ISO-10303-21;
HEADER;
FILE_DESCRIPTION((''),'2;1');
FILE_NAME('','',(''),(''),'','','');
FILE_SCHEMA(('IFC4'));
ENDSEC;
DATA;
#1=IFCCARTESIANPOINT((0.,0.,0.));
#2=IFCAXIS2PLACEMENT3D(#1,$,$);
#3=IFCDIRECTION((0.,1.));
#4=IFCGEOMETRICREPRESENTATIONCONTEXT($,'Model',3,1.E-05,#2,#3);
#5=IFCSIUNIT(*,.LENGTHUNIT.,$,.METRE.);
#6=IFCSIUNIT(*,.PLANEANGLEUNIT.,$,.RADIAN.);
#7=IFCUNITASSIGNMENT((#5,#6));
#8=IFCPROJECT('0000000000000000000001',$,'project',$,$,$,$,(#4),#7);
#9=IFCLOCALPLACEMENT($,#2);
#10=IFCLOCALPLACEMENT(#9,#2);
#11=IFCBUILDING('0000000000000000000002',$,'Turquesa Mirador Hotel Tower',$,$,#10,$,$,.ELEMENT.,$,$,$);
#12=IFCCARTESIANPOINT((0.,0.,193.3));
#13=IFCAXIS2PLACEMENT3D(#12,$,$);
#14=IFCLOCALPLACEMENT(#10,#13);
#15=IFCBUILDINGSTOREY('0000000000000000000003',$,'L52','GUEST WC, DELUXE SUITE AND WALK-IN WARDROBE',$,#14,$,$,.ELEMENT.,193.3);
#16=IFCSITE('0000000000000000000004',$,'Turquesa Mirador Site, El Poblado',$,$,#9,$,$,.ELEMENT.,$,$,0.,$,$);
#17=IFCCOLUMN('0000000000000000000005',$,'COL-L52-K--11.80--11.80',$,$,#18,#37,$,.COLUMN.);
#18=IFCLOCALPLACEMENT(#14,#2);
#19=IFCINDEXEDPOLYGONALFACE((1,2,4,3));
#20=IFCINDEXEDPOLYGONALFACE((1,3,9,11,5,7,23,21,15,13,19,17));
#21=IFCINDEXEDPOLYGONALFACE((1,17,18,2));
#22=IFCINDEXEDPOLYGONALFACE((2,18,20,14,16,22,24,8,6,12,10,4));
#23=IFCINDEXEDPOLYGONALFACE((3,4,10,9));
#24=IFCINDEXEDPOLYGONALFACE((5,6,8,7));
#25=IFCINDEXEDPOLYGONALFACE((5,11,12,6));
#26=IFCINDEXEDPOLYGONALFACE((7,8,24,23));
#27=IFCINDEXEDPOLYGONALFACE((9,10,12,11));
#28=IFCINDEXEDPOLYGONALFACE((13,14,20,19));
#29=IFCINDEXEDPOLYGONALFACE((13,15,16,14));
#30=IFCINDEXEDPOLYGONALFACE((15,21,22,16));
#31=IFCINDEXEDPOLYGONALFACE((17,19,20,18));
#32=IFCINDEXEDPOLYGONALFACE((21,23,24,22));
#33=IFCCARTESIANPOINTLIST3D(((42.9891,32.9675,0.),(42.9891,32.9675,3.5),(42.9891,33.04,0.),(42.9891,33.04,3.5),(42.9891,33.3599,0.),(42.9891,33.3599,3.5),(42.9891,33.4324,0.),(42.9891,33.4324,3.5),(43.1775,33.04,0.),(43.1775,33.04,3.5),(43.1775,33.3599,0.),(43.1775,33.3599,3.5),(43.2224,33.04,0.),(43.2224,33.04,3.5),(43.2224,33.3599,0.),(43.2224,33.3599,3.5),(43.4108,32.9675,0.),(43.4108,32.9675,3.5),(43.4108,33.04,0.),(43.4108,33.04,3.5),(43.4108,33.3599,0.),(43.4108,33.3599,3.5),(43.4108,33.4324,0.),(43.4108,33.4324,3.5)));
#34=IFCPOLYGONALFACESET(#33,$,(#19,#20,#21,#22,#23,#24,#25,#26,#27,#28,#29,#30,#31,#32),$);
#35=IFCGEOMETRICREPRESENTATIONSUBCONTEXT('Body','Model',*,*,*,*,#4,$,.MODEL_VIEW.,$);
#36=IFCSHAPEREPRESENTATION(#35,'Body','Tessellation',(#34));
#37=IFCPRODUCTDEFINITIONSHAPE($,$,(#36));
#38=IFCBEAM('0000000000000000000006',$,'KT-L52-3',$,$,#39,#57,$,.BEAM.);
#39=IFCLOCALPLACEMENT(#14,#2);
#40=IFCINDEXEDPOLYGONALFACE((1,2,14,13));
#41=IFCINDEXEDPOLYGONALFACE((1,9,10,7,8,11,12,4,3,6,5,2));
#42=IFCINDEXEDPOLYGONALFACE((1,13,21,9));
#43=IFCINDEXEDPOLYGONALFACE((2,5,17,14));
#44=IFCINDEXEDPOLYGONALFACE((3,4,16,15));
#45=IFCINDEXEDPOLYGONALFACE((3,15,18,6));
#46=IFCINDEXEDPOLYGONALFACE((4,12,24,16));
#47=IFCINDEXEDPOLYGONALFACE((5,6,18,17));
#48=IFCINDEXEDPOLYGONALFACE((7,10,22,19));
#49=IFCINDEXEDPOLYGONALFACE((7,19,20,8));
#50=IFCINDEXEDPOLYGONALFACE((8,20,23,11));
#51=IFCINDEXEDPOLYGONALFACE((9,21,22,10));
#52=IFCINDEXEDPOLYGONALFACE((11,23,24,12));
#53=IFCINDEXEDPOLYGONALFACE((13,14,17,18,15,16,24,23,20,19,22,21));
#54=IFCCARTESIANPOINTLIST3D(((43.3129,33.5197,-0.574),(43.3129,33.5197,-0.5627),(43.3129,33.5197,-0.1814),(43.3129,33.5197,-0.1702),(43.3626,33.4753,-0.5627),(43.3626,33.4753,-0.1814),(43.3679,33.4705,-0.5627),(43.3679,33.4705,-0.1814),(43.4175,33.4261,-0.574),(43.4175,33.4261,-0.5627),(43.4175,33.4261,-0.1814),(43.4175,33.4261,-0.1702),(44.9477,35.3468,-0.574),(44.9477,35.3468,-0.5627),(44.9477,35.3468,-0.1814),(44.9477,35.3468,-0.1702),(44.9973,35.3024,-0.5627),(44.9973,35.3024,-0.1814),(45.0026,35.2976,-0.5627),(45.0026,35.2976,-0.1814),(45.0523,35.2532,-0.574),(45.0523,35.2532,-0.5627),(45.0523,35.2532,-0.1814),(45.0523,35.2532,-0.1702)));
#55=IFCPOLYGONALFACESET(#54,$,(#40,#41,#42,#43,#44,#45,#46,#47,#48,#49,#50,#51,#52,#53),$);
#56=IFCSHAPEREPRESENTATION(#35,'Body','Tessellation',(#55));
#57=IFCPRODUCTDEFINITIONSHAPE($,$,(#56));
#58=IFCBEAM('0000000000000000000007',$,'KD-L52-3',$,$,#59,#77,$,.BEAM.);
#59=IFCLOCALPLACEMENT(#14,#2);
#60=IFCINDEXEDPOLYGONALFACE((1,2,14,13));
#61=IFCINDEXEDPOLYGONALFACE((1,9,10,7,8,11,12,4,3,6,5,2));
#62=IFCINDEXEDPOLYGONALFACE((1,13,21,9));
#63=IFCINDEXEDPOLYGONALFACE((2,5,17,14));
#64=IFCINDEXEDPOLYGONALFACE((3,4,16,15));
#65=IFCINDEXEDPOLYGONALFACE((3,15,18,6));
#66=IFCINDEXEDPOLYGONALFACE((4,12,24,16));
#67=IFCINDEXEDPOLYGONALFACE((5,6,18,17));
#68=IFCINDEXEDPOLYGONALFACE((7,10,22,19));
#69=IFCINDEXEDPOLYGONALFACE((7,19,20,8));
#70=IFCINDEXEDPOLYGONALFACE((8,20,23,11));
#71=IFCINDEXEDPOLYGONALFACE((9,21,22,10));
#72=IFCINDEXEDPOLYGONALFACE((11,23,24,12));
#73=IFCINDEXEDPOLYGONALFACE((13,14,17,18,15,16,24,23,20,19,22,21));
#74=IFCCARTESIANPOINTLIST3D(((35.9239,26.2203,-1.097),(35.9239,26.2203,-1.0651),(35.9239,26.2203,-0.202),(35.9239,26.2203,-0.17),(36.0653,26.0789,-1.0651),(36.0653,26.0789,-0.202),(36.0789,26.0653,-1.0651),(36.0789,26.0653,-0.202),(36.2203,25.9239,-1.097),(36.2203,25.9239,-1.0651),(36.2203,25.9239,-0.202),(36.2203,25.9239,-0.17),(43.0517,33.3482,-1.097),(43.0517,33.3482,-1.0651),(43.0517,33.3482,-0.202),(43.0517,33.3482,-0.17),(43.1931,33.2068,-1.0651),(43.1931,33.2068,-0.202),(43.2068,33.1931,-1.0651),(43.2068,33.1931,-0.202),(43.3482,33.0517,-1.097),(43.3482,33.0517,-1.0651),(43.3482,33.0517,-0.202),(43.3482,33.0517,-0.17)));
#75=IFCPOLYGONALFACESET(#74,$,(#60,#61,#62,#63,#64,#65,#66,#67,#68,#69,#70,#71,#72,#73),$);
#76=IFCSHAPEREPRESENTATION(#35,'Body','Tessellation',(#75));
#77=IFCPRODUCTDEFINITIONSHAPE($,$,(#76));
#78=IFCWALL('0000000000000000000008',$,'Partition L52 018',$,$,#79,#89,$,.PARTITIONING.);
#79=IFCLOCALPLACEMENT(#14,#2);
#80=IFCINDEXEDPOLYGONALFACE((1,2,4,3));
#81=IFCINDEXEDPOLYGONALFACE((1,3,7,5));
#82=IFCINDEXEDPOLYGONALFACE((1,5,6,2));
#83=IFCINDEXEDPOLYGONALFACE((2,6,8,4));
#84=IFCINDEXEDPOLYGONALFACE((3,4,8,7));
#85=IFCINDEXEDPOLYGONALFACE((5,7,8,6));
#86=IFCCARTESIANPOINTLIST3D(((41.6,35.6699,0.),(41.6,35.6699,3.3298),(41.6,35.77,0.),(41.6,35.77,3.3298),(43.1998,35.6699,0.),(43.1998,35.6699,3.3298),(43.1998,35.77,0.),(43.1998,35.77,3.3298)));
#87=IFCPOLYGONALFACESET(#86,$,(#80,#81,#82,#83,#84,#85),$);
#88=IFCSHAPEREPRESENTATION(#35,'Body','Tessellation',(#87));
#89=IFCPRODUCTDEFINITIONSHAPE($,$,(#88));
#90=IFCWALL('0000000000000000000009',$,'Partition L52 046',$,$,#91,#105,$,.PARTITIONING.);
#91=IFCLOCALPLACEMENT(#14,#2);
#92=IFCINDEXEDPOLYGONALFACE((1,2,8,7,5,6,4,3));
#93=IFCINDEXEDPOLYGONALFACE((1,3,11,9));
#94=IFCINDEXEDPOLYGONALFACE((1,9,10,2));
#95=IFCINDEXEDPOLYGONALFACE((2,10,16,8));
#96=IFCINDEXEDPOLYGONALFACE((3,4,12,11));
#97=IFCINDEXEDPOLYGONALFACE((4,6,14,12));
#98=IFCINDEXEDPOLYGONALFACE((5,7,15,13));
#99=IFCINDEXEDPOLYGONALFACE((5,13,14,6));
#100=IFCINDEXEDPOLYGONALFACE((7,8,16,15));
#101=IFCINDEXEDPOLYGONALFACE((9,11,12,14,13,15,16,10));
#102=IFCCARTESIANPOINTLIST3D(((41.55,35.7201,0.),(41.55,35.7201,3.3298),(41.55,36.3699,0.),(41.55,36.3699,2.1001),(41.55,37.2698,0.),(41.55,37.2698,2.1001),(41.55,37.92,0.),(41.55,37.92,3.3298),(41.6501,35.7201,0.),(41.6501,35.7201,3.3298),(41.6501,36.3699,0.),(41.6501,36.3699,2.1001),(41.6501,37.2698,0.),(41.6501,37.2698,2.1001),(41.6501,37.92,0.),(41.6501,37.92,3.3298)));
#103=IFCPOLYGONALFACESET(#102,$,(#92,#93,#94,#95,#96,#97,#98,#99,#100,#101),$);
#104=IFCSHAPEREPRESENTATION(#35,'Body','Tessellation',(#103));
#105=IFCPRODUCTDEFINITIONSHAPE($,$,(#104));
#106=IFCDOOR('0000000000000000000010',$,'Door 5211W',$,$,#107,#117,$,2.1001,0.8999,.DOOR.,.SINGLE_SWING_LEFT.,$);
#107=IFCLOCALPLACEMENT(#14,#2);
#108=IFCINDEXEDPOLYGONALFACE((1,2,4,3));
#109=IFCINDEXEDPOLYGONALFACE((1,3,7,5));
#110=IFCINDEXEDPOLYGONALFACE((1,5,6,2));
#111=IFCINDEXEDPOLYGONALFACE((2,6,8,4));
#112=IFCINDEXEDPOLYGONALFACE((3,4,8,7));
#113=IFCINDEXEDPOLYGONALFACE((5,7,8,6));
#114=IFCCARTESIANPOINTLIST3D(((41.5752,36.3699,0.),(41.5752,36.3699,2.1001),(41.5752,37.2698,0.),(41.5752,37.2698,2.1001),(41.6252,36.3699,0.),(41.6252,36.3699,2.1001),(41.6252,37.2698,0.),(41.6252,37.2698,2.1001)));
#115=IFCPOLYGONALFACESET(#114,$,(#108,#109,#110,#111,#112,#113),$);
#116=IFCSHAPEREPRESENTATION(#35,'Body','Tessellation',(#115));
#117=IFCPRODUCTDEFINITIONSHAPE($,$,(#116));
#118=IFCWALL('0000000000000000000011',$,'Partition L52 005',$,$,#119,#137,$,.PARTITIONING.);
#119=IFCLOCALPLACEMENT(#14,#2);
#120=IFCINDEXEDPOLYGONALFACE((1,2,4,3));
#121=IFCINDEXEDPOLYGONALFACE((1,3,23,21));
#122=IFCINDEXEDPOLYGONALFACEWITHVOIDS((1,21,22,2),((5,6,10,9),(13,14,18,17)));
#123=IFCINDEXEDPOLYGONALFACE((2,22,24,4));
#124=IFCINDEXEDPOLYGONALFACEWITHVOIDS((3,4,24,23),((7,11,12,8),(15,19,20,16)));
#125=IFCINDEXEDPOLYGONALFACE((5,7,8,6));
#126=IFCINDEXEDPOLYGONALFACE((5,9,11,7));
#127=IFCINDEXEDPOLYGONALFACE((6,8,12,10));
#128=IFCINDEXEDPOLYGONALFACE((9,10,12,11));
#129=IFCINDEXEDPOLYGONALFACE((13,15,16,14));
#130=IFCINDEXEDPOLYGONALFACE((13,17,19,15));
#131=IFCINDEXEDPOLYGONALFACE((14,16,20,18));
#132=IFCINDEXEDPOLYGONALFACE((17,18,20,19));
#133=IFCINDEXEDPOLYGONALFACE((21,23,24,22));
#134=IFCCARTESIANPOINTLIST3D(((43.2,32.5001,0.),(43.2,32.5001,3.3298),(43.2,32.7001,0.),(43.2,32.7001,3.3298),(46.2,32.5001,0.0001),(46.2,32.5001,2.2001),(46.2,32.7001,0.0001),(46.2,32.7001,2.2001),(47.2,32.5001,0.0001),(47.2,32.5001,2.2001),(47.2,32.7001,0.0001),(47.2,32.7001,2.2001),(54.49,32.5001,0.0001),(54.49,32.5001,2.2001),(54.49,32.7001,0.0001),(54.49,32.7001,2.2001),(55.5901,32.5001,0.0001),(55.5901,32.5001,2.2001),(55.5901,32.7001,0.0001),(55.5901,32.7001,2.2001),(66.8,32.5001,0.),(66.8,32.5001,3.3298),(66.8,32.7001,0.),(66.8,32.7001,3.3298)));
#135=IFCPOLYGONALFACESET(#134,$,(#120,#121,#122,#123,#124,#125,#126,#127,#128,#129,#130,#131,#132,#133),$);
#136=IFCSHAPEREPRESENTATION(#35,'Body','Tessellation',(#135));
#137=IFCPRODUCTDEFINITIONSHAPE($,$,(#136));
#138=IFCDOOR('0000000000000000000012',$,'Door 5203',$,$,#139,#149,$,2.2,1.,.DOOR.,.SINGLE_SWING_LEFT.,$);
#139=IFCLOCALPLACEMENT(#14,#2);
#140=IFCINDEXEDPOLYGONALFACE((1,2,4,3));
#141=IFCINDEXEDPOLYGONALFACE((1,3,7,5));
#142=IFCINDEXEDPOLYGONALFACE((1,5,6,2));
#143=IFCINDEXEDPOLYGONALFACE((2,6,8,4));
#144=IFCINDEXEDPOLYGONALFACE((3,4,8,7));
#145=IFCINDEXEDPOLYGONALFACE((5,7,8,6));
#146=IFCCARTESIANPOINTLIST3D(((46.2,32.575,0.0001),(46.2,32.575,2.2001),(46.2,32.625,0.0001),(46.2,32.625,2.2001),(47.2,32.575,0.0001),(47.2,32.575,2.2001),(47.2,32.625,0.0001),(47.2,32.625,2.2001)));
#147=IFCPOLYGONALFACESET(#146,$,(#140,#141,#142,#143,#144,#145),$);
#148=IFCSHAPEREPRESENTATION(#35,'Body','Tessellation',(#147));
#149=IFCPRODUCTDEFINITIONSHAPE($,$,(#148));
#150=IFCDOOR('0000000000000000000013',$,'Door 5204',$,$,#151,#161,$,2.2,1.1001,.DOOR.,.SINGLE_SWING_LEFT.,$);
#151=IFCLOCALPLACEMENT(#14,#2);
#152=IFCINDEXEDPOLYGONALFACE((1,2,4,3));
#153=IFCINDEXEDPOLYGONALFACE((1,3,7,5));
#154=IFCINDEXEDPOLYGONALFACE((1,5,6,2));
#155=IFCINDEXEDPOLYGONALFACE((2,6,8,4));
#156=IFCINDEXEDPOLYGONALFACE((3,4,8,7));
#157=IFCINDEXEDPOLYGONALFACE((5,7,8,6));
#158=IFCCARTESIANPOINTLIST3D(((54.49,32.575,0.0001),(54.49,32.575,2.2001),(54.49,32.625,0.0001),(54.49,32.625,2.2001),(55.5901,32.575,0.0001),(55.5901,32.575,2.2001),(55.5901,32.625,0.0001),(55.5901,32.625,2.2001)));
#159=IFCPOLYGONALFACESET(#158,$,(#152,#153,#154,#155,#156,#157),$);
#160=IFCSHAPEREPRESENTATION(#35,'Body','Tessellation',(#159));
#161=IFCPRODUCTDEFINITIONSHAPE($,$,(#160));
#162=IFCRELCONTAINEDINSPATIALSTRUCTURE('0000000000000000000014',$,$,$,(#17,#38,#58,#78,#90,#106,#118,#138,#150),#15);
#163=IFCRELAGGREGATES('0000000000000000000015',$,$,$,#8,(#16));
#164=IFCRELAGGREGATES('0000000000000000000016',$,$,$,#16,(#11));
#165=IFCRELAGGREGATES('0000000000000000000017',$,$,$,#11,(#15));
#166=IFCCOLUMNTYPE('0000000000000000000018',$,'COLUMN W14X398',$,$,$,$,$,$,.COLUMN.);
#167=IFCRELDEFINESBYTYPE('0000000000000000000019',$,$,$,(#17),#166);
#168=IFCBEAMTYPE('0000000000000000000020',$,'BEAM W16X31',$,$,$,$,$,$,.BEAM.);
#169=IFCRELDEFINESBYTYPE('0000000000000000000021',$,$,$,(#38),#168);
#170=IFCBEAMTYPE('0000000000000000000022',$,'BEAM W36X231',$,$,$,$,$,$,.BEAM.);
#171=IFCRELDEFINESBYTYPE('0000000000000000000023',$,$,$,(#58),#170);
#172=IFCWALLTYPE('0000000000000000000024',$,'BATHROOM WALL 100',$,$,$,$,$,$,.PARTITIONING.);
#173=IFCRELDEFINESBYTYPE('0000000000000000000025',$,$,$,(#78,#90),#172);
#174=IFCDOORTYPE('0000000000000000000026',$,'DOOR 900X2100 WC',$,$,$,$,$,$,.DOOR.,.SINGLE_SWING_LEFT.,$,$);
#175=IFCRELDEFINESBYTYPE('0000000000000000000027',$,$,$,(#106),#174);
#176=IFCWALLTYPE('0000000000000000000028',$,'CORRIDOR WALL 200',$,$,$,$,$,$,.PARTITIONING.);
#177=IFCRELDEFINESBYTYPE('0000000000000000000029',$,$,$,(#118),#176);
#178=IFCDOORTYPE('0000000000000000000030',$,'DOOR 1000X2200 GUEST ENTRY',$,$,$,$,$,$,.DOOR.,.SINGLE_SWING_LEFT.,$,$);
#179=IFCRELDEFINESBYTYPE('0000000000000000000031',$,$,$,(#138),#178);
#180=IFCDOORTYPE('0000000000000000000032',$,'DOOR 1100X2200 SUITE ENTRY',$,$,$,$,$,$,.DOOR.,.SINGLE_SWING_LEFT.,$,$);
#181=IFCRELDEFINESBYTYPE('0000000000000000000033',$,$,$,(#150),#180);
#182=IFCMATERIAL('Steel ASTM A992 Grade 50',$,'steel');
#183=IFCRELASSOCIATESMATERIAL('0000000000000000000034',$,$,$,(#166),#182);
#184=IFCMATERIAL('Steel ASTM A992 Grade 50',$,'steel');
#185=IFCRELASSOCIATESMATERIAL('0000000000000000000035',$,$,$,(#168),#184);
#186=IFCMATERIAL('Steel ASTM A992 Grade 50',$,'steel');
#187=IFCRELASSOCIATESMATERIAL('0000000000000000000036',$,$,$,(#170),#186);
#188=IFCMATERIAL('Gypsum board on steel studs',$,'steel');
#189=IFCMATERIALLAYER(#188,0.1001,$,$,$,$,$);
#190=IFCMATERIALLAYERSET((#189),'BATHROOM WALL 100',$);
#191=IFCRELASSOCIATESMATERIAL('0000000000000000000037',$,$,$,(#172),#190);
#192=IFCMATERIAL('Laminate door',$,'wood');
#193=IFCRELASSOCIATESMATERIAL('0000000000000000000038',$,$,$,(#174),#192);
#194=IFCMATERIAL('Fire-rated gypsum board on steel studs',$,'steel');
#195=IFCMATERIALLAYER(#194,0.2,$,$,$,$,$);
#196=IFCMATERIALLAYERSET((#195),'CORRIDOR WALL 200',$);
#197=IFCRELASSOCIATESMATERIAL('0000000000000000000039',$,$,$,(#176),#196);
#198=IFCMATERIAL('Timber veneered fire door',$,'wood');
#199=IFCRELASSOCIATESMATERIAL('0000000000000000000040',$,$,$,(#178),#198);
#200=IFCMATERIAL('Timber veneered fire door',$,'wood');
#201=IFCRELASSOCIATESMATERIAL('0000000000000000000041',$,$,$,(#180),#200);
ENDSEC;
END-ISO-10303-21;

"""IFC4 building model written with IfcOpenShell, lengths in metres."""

from ifc_helpers import new_model, si_unit, direction, frame, frame_2d, origin, origin_2d, place, context, subcontext, project, spatial, rectangle, i_section, extrude, material, layer, layer_set, material_profile, profile_set, type_object, element, fill, save


model = new_model("IFC4")

# Units and contexts
model_context = context("Model", 3, precision=1e-05, world=origin(), true_north=direction((0.0, 1.0)))
body_context = subcontext(model_context, "Body", "Model", "MODEL_VIEW")
ifc_project = project(units=[si_unit("LENGTHUNIT", "METRE"), si_unit("PLANEANGLEUNIT", "RADIAN")], contexts=[model_context])

# Site, building, storey
site_placement = place(None, origin())
site = spatial("IfcSite", under=ifc_project, at=site_placement, Name="Turquesa Mirador Site, El Poblado", CompositionType="ELEMENT", RefElevation=0.0)
building_placement = place(site_placement, origin())
building = spatial("IfcBuilding", under=site, at=building_placement, Name="Turquesa Mirador Hotel Tower", CompositionType="ELEMENT")
storey_placement = place(building_placement, frame((0.0, 0.0, 193.3)))
storey = spatial("IfcBuildingStorey", under=building, at=storey_placement, Name="L52", Description="GUEST WC, DELUXE SUITE AND WALK-IN WARDROBE", CompositionType="ELEMENT", Elevation=193.3)

# Column
ifc_material_1 = material(Name="Steel ASTM A992 Grade 50", Category="steel")
ifc_material_profile_1 = material_profile(ifc_material_1, i_section(OverallWidth=0.4216, OverallDepth=0.4648, WebThickness=0.0449, FlangeThickness=0.0725, at=origin_2d()), Name="W14X398")
ifc_profile_set_1 = profile_set([ifc_material_profile_1], Name="Steel ASTM A992 Grade 50")
column_type = type_object("IfcColumnType", Name="COLUMN W14X398", PredefinedType="COLUMN", material=ifc_profile_set_1)
column_placement = place(storey_placement, frame((43.2, 33.2, 0.0), z_axis=(0.0, 0.0, 1.0), x_axis=(1.0, 0.0, 0.0)))
element("IfcColumn", 1, at=column_placement, inside=storey, type_object=column_type, Name="COL-L52-K--11.80--11.80", PredefinedType="COLUMN", context=body_context, shape_type="SweptSolid", body=[
    extrude(i_section(OverallWidth=0.4216, OverallDepth=0.4648, WebThickness=0.0449, FlangeThickness=0.0725, at=origin_2d()), origin(), (0.0, 0.0, 1.0), 3.5),
])

# Beams
ifc_material_2 = material(Name="Steel ASTM A992 Grade 50", Category="steel")
ifc_material_profile_2 = material_profile(ifc_material_2, i_section(OverallWidth=0.1404, OverallDepth=0.4038, WebThickness=0.0071, FlangeThickness=0.0112, at=origin_2d()), Name="W16X31")
ifc_profile_set_2 = profile_set([ifc_material_profile_2], Name="Steel ASTM A992 Grade 50")
beam_type_1 = type_object("IfcBeamType", Name="BEAM W16X31", PredefinedType="BEAM", material=ifc_profile_set_2)
beam_1_placement = place(storey_placement, frame((43.3652, 33.4729, -0.3721), z_axis=(0.666783, 0.745252, 0.0), x_axis=(-0.745252, 0.666783, 0.0)))
element("IfcBeam", 2, at=beam_1_placement, inside=storey, type_object=beam_type_1, Name="KT-L52-3", PredefinedType="BEAM", context=body_context, shape_type="SweptSolid", body=[
    extrude(i_section(OverallWidth=0.1404, OverallDepth=0.4038, WebThickness=0.0071, FlangeThickness=0.0112, at=origin_2d()), origin(), (0.0, 0.0, 1.0), 2.4517),
])
ifc_material_3 = material(Name="Steel ASTM A992 Grade 50", Category="steel")
ifc_material_profile_3 = material_profile(ifc_material_3, i_section(OverallWidth=0.4192, OverallDepth=0.927, WebThickness=0.0193, FlangeThickness=0.032, at=origin_2d()), Name="W36X231")
ifc_profile_set_3 = profile_set([ifc_material_profile_3], Name="Steel ASTM A992 Grade 50")
beam_type_2 = type_object("IfcBeamType", Name="BEAM W36X231", PredefinedType="BEAM", material=ifc_profile_set_3)
beam_2_placement = place(storey_placement, frame((43.2, 33.2, -0.6335), z_axis=(-0.707107, -0.707107, 0.0), x_axis=(0.707107, -0.707107, 0.0)))
element("IfcBeam", 3, at=beam_2_placement, inside=storey, type_object=beam_type_2, Name="KD-L52-3", PredefinedType="BEAM", context=body_context, shape_type="SweptSolid", body=[
    extrude(i_section(OverallWidth=0.4192, OverallDepth=0.927, WebThickness=0.0193, FlangeThickness=0.032, at=origin_2d()), origin(), (0.0, 0.0, 1.0), 10.0803),
])

# Wall
ifc_material_4 = material(Name="Gypsum board on steel studs", Category="steel")
ifc_layer_1 = layer(ifc_material_4, 0.1001)
ifc_layer_set_1 = layer_set([ifc_layer_1], Name="BATHROOM WALL 100")
wall_type_1 = type_object("IfcWallType", Name="BATHROOM WALL 100", PredefinedType="PARTITIONING", material=ifc_layer_set_1)
wall_1_placement = place(storey_placement, frame((41.6001, 35.72, 0.0), z_axis=(0.0, 0.0, 1.0), x_axis=(1.0, 0.0, 0.0)))
element("IfcWall", 4, at=wall_1_placement, inside=storey, type_object=wall_type_1, Name="Partition L52 018", PredefinedType="PARTITIONING", context=body_context, shape_type="SweptSolid", body=[
    extrude(rectangle(XDim=1.5999, YDim=0.1001, at=frame_2d((0.7998, 0.0))), origin(), (0.0, 0.0, 1.0), 3.3298),
])

# Wall, opening, door
wall_2_placement = place(storey_placement, frame((41.6001, 35.72, 0.0), z_axis=(0.0, 0.0, 1.0), x_axis=(0.0, 1.0, 0.0)))
wall_2 = element("IfcWall", 5, at=wall_2_placement, inside=storey, type_object=wall_type_1, Name="Partition L52 046", PredefinedType="PARTITIONING", context=body_context, shape_type="SweptSolid", body=[
    extrude(rectangle(XDim=2.2, YDim=0.1001, at=frame_2d((1.1001, 0.0))), origin(), (0.0, 0.0, 1.0), 3.3298),
])
opening_1_placement = place(wall_2_placement, frame((0.6499, 0.0, 0.0)))
opening_1 = element("IfcOpeningElement", 6, at=opening_1_placement, cuts=wall_2, PredefinedType="OPENING", context=body_context, shape_type="SweptSolid", body=[
    extrude(rectangle(XDim=0.8999, YDim=2.1001, at=frame_2d((0.45, 1.05))), frame((0.0, 0.0601, 0.0), z_axis=(0.0, -1.0, 0.0), x_axis=(1.0, 0.0, 0.0)), (0.0, 0.0, 1.0), 0.1201),
])
ifc_material_5 = material(Name="Laminate door", Category="wood")
door_type_1 = type_object("IfcDoorType", Name="DOOR 900X2100 WC", OperationType="SINGLE_SWING_LEFT", PredefinedType="DOOR", material=ifc_material_5)
door_1_placement = place(opening_1_placement, origin())
door_1 = element("IfcDoor", 7, at=door_1_placement, inside=storey, type_object=door_type_1, Name="Door 5211W", OperationType="SINGLE_SWING_LEFT", OverallHeight=2.1001, OverallWidth=0.8999, PredefinedType="DOOR", context=body_context, shape_type="SweptSolid", body=[
    extrude(rectangle(XDim=0.8999, YDim=2.1001, at=frame_2d((0.45, 1.05))), frame((0.0, 0.0249, 0.0), z_axis=(0.0, -1.0, 0.0), x_axis=(1.0, 0.0, 0.0)), (0.0, 0.0, 1.0), 0.05),
])
fill(opening_1, door_1)

# Wall, openings, doors
ifc_material_6 = material(Name="Fire-rated gypsum board on steel studs", Category="steel")
ifc_layer_2 = layer(ifc_material_6, 0.2)
ifc_layer_set_2 = layer_set([ifc_layer_2], Name="CORRIDOR WALL 200")
wall_type_2 = type_object("IfcWallType", Name="CORRIDOR WALL 200", PredefinedType="PARTITIONING", material=ifc_layer_set_2)
wall_3_placement = place(storey_placement, frame((43.2, 32.6001, 0.0), z_axis=(0.0, 0.0, 1.0), x_axis=(1.0, 0.0, 0.0)))
wall_3 = element("IfcWall", 8, at=wall_3_placement, inside=storey, type_object=wall_type_2, Name="Partition L52 005", PredefinedType="PARTITIONING", context=body_context, shape_type="SweptSolid", body=[
    extrude(rectangle(XDim=23.6001, YDim=0.2, at=frame_2d((11.8, 0.0))), origin(), (0.0, 0.0, 1.0), 3.3298),
])
opening_2_placement = place(wall_3_placement, frame((3.0, 0.0, 0.0)))
opening_2 = element("IfcOpeningElement", 9, at=opening_2_placement, cuts=wall_3, PredefinedType="OPENING", context=body_context, shape_type="SweptSolid", body=[
    extrude(rectangle(XDim=1.0, YDim=2.2, at=frame_2d((0.5, 1.1001))), frame((0.0, 0.1099, 0.0), z_axis=(0.0, -1.0, 0.0), x_axis=(1.0, 0.0, 0.0)), (0.0, 0.0, 1.0), 0.22),
])
opening_3_placement = place(wall_3_placement, frame((11.29, 0.0, 0.0)))
opening_3 = element("IfcOpeningElement", 10, at=opening_3_placement, cuts=wall_3, PredefinedType="OPENING", context=body_context, shape_type="SweptSolid", body=[
    extrude(rectangle(XDim=1.1001, YDim=2.2, at=frame_2d((0.55, 1.1001))), frame((0.0, 0.1099, 0.0), z_axis=(0.0, -1.0, 0.0), x_axis=(1.0, 0.0, 0.0)), (0.0, 0.0, 1.0), 0.22),
])
ifc_material_7 = material(Name="Timber veneered fire door", Category="wood")
door_type_2 = type_object("IfcDoorType", Name="DOOR 1000X2200 GUEST ENTRY", OperationType="SINGLE_SWING_LEFT", PredefinedType="DOOR", material=ifc_material_7)
door_2_placement = place(opening_2_placement, origin())
door_2 = element("IfcDoor", 11, at=door_2_placement, inside=storey, type_object=door_type_2, Name="Door 5203", OperationType="SINGLE_SWING_LEFT", OverallHeight=2.2, OverallWidth=1.0, PredefinedType="DOOR", context=body_context, shape_type="SweptSolid", body=[
    extrude(rectangle(XDim=1.0, YDim=2.2, at=frame_2d((0.5, 1.1001))), frame((0.0, 0.0249, 0.0), z_axis=(0.0, -1.0, 0.0), x_axis=(1.0, 0.0, 0.0)), (0.0, 0.0, 1.0), 0.05),
])
fill(opening_2, door_2)
ifc_material_8 = material(Name="Timber veneered fire door", Category="wood")
door_type_3 = type_object("IfcDoorType", Name="DOOR 1100X2200 SUITE ENTRY", OperationType="SINGLE_SWING_LEFT", PredefinedType="DOOR", material=ifc_material_8)
door_3_placement = place(opening_3_placement, origin())
door_3 = element("IfcDoor", 12, at=door_3_placement, inside=storey, type_object=door_type_3, Name="Door 5204", OperationType="SINGLE_SWING_LEFT", OverallHeight=2.2, OverallWidth=1.1001, PredefinedType="DOOR", context=body_context, shape_type="SweptSolid", body=[
    extrude(rectangle(XDim=1.1001, YDim=2.2, at=frame_2d((0.55, 1.1001))), frame((0.0, 0.0249, 0.0), z_axis=(0.0, -1.0, 0.0), x_axis=(1.0, 0.0, 0.0)), (0.0, 0.0, 1.0), 0.05),
])
fill(opening_3, door_3)

save(model, "model.ifc")
